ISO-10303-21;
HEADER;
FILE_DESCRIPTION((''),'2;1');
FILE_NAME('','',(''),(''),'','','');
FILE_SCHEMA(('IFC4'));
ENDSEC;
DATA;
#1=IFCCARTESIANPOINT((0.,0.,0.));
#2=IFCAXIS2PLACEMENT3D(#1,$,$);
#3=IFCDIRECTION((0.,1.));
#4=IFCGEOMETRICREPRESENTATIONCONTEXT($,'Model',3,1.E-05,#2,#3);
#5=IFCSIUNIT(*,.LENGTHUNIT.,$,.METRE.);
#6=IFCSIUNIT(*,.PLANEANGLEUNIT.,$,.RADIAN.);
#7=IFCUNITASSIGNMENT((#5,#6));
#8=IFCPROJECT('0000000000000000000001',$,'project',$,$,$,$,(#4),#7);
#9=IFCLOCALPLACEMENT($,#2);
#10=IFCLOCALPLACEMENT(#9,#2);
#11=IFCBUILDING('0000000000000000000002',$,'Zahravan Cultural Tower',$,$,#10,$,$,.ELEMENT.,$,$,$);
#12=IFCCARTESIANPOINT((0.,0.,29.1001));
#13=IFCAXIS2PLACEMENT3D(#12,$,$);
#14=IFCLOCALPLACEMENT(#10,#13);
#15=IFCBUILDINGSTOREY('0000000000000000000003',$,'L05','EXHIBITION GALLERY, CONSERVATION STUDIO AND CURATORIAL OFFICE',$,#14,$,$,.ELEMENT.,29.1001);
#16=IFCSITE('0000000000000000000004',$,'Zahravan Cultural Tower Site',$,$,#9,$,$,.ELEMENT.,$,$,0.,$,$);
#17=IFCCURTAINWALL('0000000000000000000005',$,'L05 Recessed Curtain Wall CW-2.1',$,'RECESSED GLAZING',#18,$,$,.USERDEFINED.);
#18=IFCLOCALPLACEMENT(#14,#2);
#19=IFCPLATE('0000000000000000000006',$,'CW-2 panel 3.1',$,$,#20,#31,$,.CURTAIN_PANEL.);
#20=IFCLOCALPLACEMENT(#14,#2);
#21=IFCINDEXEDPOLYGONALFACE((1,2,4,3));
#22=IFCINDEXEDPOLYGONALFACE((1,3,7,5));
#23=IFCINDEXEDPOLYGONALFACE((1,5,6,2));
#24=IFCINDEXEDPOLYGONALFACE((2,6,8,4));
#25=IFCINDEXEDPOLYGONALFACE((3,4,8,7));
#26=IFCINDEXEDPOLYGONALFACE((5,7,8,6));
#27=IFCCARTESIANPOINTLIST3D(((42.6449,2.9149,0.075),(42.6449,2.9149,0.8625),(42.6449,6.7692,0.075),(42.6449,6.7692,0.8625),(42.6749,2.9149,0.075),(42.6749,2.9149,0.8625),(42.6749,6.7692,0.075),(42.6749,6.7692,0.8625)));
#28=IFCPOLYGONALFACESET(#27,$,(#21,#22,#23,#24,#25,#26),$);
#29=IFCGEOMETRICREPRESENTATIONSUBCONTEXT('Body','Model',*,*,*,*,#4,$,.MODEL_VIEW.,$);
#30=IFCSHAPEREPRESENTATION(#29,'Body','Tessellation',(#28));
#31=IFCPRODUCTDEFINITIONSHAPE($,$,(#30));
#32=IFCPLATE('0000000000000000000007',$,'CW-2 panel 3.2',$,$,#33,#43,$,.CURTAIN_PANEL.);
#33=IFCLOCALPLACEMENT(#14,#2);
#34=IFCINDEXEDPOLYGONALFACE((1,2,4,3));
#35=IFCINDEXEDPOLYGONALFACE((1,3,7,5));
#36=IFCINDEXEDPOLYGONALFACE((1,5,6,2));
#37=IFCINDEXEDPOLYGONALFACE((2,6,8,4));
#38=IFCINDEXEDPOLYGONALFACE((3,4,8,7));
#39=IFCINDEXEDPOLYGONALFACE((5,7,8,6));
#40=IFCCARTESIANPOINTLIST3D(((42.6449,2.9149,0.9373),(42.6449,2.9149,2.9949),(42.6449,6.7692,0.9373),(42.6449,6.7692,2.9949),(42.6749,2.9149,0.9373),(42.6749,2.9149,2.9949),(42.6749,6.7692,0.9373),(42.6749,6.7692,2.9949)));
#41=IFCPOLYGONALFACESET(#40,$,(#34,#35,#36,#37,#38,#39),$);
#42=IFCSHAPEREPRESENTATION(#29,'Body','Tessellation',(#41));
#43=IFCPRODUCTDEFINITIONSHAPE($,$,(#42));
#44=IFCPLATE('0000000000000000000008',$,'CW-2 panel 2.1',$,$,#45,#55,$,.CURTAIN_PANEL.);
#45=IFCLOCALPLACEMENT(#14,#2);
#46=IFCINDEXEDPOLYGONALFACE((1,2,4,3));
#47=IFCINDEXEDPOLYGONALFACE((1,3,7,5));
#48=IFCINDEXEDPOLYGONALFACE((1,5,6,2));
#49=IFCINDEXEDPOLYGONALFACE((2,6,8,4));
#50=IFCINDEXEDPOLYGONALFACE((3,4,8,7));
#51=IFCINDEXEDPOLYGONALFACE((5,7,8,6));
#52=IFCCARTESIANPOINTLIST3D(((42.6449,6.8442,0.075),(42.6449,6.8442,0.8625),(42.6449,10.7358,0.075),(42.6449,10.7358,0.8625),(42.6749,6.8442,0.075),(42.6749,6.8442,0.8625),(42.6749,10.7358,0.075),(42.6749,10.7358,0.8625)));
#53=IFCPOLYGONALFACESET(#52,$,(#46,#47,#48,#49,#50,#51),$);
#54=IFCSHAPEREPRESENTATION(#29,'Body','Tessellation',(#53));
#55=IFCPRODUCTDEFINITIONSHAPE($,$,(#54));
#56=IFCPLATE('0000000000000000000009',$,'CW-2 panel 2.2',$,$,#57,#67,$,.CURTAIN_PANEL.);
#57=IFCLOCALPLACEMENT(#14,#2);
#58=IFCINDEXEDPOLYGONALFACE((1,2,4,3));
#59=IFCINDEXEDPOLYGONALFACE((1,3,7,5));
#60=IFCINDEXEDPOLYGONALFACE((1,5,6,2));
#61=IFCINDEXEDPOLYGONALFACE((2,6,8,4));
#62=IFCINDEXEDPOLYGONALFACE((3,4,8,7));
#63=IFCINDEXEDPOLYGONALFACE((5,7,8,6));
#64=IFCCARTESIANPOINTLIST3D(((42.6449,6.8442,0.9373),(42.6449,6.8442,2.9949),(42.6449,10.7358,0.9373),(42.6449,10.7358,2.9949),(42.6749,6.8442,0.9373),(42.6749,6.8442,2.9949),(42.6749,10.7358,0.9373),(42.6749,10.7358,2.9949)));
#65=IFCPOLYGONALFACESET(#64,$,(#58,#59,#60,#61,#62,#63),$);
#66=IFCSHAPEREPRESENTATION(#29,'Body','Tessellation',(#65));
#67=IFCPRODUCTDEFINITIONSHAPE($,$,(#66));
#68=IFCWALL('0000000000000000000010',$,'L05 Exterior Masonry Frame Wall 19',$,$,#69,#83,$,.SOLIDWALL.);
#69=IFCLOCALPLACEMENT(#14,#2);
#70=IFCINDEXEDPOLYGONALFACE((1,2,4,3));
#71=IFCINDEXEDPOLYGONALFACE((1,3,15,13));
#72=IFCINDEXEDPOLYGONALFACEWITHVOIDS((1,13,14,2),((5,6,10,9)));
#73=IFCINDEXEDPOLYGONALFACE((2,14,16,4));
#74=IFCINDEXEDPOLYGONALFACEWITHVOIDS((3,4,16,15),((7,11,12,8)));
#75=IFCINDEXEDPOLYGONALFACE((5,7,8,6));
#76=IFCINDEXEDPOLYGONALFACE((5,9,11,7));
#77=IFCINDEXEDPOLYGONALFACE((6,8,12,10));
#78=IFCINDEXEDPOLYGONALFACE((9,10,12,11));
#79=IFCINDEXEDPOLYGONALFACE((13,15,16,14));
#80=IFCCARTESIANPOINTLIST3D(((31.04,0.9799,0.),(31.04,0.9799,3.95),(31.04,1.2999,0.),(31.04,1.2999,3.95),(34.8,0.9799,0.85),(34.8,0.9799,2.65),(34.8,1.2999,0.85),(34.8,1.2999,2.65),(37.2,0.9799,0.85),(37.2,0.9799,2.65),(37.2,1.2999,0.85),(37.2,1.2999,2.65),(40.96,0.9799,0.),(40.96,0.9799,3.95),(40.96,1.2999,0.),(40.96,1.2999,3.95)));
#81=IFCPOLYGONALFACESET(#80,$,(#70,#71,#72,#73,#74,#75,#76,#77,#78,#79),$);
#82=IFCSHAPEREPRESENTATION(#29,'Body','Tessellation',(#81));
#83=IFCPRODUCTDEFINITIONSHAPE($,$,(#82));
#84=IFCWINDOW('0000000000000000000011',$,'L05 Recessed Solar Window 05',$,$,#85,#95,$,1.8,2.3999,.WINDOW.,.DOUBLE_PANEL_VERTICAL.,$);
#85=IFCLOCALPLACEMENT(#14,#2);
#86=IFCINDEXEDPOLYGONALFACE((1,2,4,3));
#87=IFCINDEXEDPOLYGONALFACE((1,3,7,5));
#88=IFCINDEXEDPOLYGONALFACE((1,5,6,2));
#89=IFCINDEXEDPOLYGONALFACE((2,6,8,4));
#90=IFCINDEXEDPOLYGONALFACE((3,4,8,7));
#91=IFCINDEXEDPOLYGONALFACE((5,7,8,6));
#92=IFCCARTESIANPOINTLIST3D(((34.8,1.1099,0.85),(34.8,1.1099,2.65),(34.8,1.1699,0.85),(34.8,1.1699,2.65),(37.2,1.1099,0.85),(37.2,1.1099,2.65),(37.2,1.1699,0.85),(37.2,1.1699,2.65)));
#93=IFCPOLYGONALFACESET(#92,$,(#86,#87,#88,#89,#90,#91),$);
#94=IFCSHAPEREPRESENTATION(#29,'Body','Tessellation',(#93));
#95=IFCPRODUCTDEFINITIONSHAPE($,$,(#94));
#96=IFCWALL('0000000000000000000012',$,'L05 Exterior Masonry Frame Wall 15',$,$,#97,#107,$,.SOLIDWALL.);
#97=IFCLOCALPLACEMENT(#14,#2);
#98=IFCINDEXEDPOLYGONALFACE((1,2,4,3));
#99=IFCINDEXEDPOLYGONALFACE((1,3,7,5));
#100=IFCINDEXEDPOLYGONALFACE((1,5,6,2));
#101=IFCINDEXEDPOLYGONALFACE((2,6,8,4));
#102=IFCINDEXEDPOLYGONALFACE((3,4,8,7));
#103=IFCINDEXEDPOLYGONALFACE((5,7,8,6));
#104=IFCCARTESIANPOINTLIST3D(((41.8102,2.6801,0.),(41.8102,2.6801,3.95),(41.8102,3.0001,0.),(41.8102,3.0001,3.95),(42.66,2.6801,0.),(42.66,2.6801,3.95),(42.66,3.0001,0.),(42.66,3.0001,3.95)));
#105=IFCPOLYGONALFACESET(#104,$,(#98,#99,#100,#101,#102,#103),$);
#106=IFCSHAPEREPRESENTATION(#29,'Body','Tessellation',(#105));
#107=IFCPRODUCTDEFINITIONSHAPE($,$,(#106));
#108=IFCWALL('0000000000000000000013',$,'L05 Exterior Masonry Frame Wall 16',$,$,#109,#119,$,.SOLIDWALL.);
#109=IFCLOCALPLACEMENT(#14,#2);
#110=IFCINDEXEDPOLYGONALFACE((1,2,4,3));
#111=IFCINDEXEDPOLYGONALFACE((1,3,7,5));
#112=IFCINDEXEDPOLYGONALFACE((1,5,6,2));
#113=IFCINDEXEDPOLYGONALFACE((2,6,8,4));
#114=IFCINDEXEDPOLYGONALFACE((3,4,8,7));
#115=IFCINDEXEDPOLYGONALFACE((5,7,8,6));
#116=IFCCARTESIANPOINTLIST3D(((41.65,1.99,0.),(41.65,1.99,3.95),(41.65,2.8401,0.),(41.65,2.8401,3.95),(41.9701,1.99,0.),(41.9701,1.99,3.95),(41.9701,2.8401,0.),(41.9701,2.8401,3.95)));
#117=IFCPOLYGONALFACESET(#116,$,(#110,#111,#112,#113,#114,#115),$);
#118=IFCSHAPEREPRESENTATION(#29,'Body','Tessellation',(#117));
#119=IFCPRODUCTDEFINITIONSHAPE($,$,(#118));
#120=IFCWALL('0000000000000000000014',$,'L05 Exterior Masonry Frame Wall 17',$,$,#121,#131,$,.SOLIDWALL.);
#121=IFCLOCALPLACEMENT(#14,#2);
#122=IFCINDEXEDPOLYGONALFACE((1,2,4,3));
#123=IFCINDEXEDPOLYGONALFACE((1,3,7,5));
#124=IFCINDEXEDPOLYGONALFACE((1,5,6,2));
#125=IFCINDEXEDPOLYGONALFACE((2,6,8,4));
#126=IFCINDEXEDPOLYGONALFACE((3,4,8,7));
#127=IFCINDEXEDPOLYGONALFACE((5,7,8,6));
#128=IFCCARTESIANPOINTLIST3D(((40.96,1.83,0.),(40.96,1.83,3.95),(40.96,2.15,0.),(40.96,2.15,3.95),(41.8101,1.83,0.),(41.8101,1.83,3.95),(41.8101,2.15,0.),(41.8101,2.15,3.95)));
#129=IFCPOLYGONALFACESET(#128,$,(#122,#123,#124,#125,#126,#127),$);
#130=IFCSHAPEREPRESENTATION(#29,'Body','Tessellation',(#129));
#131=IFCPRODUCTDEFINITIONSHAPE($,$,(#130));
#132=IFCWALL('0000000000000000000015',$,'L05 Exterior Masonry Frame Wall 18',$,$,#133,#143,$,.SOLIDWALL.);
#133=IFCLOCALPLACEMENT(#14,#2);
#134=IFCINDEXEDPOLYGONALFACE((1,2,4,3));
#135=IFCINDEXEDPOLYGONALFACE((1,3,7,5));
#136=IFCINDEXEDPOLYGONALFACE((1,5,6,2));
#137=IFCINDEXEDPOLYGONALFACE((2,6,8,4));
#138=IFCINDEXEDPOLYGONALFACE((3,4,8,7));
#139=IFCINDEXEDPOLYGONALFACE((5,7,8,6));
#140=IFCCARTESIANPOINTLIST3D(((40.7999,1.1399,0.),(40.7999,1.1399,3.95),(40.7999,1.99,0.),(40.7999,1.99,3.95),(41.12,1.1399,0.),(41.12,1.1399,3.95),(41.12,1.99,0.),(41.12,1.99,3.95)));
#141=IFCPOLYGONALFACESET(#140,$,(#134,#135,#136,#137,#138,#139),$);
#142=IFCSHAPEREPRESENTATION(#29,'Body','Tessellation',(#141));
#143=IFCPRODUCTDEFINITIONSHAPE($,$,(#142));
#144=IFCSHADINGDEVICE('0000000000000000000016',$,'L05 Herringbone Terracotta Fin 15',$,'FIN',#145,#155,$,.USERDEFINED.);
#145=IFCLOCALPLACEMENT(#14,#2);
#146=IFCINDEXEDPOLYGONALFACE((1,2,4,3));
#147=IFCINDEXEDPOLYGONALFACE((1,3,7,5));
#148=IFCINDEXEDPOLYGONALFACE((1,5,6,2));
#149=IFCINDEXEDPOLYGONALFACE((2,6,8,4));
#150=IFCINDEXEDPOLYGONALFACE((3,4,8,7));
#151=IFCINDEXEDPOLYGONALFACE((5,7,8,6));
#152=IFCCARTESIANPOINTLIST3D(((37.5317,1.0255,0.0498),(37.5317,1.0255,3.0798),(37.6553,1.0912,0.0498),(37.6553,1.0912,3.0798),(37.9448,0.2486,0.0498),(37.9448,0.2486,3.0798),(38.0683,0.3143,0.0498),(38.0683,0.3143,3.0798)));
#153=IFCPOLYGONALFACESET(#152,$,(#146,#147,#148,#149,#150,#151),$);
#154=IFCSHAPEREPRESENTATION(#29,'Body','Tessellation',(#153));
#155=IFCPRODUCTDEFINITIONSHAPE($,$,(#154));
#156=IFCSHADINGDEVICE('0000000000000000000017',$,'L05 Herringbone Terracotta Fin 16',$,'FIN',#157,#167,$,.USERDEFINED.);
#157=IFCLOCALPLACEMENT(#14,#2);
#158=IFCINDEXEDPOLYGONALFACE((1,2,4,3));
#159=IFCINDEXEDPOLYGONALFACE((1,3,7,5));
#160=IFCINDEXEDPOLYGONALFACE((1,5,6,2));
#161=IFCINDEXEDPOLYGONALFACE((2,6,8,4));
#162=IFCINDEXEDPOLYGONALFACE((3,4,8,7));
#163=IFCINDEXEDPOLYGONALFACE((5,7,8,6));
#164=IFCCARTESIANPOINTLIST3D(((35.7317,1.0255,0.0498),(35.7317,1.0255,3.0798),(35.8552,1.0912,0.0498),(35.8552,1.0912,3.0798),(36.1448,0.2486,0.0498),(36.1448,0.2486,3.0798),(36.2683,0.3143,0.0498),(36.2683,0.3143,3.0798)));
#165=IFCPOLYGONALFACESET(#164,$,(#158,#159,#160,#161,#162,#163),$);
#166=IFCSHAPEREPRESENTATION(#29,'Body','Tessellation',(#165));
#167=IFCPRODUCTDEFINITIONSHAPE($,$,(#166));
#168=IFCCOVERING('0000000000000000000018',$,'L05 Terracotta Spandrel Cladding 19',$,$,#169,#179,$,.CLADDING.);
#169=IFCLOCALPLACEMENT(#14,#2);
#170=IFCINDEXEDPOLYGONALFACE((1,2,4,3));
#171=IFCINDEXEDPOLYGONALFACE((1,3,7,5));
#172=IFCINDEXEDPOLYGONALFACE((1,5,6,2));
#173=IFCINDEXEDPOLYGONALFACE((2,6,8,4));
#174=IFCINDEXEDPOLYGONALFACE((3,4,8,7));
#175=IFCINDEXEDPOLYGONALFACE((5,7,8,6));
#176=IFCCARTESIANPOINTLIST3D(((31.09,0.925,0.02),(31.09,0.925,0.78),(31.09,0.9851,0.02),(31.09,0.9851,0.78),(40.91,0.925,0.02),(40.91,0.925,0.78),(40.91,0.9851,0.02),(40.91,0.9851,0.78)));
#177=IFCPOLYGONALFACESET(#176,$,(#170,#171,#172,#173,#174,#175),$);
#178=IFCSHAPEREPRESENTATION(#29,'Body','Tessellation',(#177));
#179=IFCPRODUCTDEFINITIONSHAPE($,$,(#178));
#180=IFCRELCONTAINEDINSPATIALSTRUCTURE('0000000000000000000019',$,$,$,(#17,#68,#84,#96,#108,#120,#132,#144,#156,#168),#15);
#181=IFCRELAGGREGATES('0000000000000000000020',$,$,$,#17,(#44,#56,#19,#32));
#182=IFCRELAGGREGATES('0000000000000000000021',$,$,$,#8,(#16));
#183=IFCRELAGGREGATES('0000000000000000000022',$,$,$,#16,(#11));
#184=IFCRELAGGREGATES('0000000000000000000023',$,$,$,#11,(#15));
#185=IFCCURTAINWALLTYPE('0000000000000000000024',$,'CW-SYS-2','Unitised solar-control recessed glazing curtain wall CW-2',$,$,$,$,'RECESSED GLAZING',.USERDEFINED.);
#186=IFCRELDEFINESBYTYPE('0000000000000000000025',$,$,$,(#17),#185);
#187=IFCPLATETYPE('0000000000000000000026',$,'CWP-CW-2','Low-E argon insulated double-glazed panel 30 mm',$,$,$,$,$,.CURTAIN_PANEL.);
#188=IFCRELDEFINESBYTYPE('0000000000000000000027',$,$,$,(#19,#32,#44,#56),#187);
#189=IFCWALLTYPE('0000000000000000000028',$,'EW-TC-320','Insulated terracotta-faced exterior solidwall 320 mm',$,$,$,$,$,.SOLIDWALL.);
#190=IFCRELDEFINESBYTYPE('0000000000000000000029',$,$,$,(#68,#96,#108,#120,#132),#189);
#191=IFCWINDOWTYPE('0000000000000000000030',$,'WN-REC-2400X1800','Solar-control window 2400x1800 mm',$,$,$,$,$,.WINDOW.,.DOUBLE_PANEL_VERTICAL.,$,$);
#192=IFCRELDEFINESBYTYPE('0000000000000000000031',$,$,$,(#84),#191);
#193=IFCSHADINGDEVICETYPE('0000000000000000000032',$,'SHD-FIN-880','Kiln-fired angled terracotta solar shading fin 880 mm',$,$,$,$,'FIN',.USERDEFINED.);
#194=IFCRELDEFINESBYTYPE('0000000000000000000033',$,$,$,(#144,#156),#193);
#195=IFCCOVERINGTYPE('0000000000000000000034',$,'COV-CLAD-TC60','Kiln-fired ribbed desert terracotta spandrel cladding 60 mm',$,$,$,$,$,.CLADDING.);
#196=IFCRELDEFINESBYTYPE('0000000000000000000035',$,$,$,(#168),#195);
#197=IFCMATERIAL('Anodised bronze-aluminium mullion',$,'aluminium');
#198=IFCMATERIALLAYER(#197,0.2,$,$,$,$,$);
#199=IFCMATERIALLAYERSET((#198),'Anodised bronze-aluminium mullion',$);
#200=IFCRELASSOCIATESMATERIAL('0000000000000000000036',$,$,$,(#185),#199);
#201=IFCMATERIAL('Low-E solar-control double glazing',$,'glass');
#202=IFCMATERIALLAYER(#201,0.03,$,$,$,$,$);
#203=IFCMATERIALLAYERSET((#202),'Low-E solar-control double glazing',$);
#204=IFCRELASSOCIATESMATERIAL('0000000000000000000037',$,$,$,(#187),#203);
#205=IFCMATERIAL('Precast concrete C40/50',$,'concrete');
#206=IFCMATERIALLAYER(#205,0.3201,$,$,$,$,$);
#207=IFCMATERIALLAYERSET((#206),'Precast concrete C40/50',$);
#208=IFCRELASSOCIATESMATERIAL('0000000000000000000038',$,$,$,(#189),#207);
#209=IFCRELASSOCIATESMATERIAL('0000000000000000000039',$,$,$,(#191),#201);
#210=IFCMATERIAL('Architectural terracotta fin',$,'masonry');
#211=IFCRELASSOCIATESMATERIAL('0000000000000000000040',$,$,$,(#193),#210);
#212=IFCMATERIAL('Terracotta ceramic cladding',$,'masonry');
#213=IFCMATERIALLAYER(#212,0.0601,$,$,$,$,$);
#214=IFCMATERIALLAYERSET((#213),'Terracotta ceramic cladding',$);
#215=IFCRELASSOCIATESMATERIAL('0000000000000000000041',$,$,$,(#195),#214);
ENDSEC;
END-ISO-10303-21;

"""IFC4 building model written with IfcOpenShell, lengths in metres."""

from ifc_helpers import new_model, si_unit, direction, frame, frame_2d, origin, origin_2d, place, context, subcontext, project, spatial, rectangle, extrude, source, transform, mapped, material, layer, layer_set, type_object, element, fill, aggregate, save


model = new_model("IFC4")

# Units and contexts
model_context = context("Model", 3, precision=1e-05, world=origin(), true_north=direction((0.0, 1.0)))
body_context = subcontext(model_context, "Body", "Model", "MODEL_VIEW")
ifc_project = project(units=[si_unit("LENGTHUNIT", "METRE"), si_unit("PLANEANGLEUNIT", "RADIAN")], contexts=[model_context])

# Site, building, storey
site_placement = place(None, origin())
site = spatial("IfcSite", under=ifc_project, at=site_placement, Name="Zahravan Cultural Tower Site", CompositionType="ELEMENT", RefElevation=0.0)
building_placement = place(site_placement, origin())
building = spatial("IfcBuilding", under=site, at=building_placement, Name="Zahravan Cultural Tower", CompositionType="ELEMENT")
storey_placement = place(building_placement, frame((0.0, 0.0, 29.1001)))
storey = spatial("IfcBuildingStorey", under=building, at=storey_placement, Name="L05", Description="EXHIBITION GALLERY, CONSERVATION STUDIO AND CURATORIAL OFFICE", CompositionType="ELEMENT", Elevation=29.1001)

# Curtain wall
ifc_material_1 = material(Name="Anodised bronze-aluminium mullion", Category="aluminium")
ifc_layer_1 = layer(ifc_material_1, 0.2)
ifc_layer_set_1 = layer_set([ifc_layer_1], Name="Anodised bronze-aluminium mullion")
curtain_wall_type = type_object("IfcCurtainWallType", Name="CW-SYS-2", Description="Unitised solar-control recessed glazing curtain wall CW-2", ElementType="RECESSED GLAZING", PredefinedType="USERDEFINED", material=ifc_layer_set_1)
curtain_wall_placement = place(storey_placement, origin())
curtain_wall = element("IfcCurtainWall", 1, at=curtain_wall_placement, inside=storey, type_object=curtain_wall_type, Name="L05 Recessed Curtain Wall CW-2.1", ObjectType="RECESSED GLAZING", PredefinedType="USERDEFINED")

# Plates
ifc_material_2 = material(Name="Low-E solar-control double glazing", Category="glass")
ifc_layer_2 = layer(ifc_material_2, 0.03)
ifc_layer_set_2 = layer_set([ifc_layer_2], Name="Low-E solar-control double glazing")
plate_type_1 = type_object("IfcPlateType", Name="CWP-CW-2", Description="Low-E argon insulated double-glazed panel 30 mm", PredefinedType="CURTAIN_PANEL", material=ifc_layer_set_2)
shared_shape_1 = source(origin(), body_context, "Body", "SweptSolid", [
    extrude(rectangle(XDim=3.8542, YDim=0.03, at=origin_2d()), origin(), (0.0, 0.0, 1.0), 0.7876),
])
plate_1_placement = place(storey_placement, frame((42.6599, 4.842, 0.075), z_axis=(0.0, 0.0, 1.0), x_axis=(0.0, -1.0, 0.0)))
plate_1 = element("IfcPlate", 2, at=plate_1_placement, type_object=plate_type_1, Name="CW-2 panel 3.1", PredefinedType="CURTAIN_PANEL", context=body_context, shape_type="MappedRepresentation", body=[
    mapped(shared_shape_1, transform((0.0, 0.0, 0.0), x_axis=(1.0, 0.0, 0.0), y_axis=(0.0, 1.0, 0.0), z_axis=(0.0, 0.0, 1.0), scale=1.0)),
])
shared_shape_2 = source(origin(), body_context, "Body", "SweptSolid", [
    extrude(rectangle(XDim=3.8542, YDim=0.03, at=origin_2d()), origin(), (0.0, 0.0, 1.0), 2.0576),
])
plate_2_placement = place(storey_placement, frame((42.6599, 4.842, 0.9373), z_axis=(0.0, 0.0, 1.0), x_axis=(0.0, -1.0, 0.0)))
plate_2 = element("IfcPlate", 3, at=plate_2_placement, type_object=plate_type_1, Name="CW-2 panel 3.2", PredefinedType="CURTAIN_PANEL", context=body_context, shape_type="MappedRepresentation", body=[
    mapped(shared_shape_2, transform((0.0, 0.0, 0.0), x_axis=(1.0, 0.0, 0.0), y_axis=(0.0, 1.0, 0.0), z_axis=(0.0, 0.0, 1.0), scale=1.0)),
])
shared_shape_3 = source(origin(), body_context, "Body", "SweptSolid", [
    extrude(rectangle(XDim=3.8916, YDim=0.03, at=origin_2d()), origin(), (0.0, 0.0, 1.0), 0.7876),
])
plate_3_placement = place(storey_placement, frame((42.6599, 8.79, 0.075), z_axis=(0.0, 0.0, 1.0), x_axis=(0.0, -1.0, 0.0)))
plate_3 = element("IfcPlate", 4, at=plate_3_placement, type_object=plate_type_1, Name="CW-2 panel 2.1", PredefinedType="CURTAIN_PANEL", context=body_context, shape_type="MappedRepresentation", body=[
    mapped(shared_shape_3, transform((0.0, 0.0, 0.0), x_axis=(1.0, 0.0, 0.0), y_axis=(0.0, 1.0, 0.0), z_axis=(0.0, 0.0, 1.0), scale=1.0)),
])
shared_shape_4 = source(origin(), body_context, "Body", "SweptSolid", [
    extrude(rectangle(XDim=3.8916, YDim=0.03, at=origin_2d()), origin(), (0.0, 0.0, 1.0), 2.0576),
])
plate_4_placement = place(storey_placement, frame((42.6599, 8.79, 0.9373), z_axis=(0.0, 0.0, 1.0), x_axis=(0.0, -1.0, 0.0)))
plate_4 = element("IfcPlate", 5, at=plate_4_placement, type_object=plate_type_1, Name="CW-2 panel 2.2", PredefinedType="CURTAIN_PANEL", context=body_context, shape_type="MappedRepresentation", body=[
    mapped(shared_shape_4, transform((0.0, 0.0, 0.0), x_axis=(1.0, 0.0, 0.0), y_axis=(0.0, 1.0, 0.0), z_axis=(0.0, 0.0, 1.0), scale=1.0)),
])
aggregate(curtain_wall, [plate_3, plate_4, plate_1, plate_2])

# Wall, opening, window
ifc_material_3 = material(Name="Precast concrete C40/50", Category="concrete")
ifc_layer_3 = layer(ifc_material_3, 0.3201)
ifc_layer_set_3 = layer_set([ifc_layer_3], Name="Precast concrete C40/50")
wall_type = type_object("IfcWallType", Name="EW-TC-320", Description="Insulated terracotta-faced exterior solidwall 320 mm", PredefinedType="SOLIDWALL", material=ifc_layer_set_3)
wall_1_placement = place(storey_placement, frame((40.96, 1.1399, 0.0), z_axis=(0.0, 0.0, 1.0), x_axis=(-1.0, 0.0, 0.0)))
wall_1 = element("IfcWall", 6, at=wall_1_placement, inside=storey, type_object=wall_type, Name="L05 Exterior Masonry Frame Wall 19", PredefinedType="SOLIDWALL", context=body_context, shape_type="SweptSolid", body=[
    extrude(rectangle(XDim=9.9199, YDim=0.3201, at=frame_2d((4.96, 0.0))), origin(), (0.0, 0.0, 1.0), 3.95),
])
opening_placement = place(wall_1_placement, frame((3.76, 0.0, 0.8501)))
opening = element("IfcOpeningElement", 7, at=opening_placement, cuts=wall_1, PredefinedType="OPENING", context=body_context, shape_type="SweptSolid", body=[
    extrude(rectangle(XDim=2.3999, YDim=1.8, at=frame_2d((1.2, 0.8999))), frame((0.0, 0.1699, 0.0), z_axis=(0.0, -1.0, 0.0), x_axis=(1.0, 0.0, 0.0)), (0.0, 0.0, 1.0), 0.3401),
])
window_type = type_object("IfcWindowType", Name="WN-REC-2400X1800", Description="Solar-control window 2400x1800 mm", PartitioningType="DOUBLE_PANEL_VERTICAL", PredefinedType="WINDOW", material=ifc_material_2)
shared_shape_5 = source(origin(), body_context, "Body", "SweptSolid", [
    extrude(rectangle(XDim=2.3999, YDim=1.8, at=frame_2d((1.2, 0.8999))), frame((0.0, 0.03, 0.0), z_axis=(0.0, -1.0, 0.0), x_axis=(1.0, 0.0, 0.0)), (0.0, 0.0, 1.0), 0.0601),
])
window_placement = place(opening_placement, origin())
window = element("IfcWindow", 8, at=window_placement, inside=storey, type_object=window_type, Name="L05 Recessed Solar Window 05", OverallHeight=1.8, OverallWidth=2.3999, PartitioningType="DOUBLE_PANEL_VERTICAL", PredefinedType="WINDOW", context=body_context, shape_type="MappedRepresentation", body=[
    mapped(shared_shape_5, transform((0.0, 0.0, 0.0), x_axis=(1.0, 0.0, 0.0), y_axis=(0.0, 1.0, 0.0), z_axis=(0.0, 0.0, 1.0), scale=1.0)),
])
fill(opening, window)

# Walls
shared_shape_6 = source(origin(), body_context, "Body", "SweptSolid", [
    extrude(rectangle(XDim=0.8499, YDim=0.3201, at=frame_2d((0.4248, 0.0))), origin(), (0.0, 0.0, 1.0), 3.95),
])
wall_2_placement = place(storey_placement, frame((42.6599, 2.8401, 0.0), z_axis=(0.0, 0.0, 1.0), x_axis=(-1.0, 0.0, 0.0)))
element("IfcWall", 9, at=wall_2_placement, inside=storey, type_object=wall_type, Name="L05 Exterior Masonry Frame Wall 15", PredefinedType="SOLIDWALL", context=body_context, shape_type="MappedRepresentation", body=[
    mapped(shared_shape_6, transform((0.0, 0.0, 0.0), x_axis=(1.0, 0.0, 0.0), y_axis=(0.0, 1.0, 0.0), z_axis=(0.0, 0.0, 1.0), scale=1.0)),
])
shared_shape_7 = source(origin(), body_context, "Body", "SweptSolid", [
    extrude(rectangle(XDim=0.8501, YDim=0.3201, at=frame_2d((0.425, 0.0))), origin(), (0.0, 0.0, 1.0), 3.95),
])
for number, where, z_axis, x_axis, name in (
    (10, (41.8101, 2.8401, 0.0), (0.0, 0.0, 1.0), (0.0, -1.0, 0.0), "L05 Exterior Masonry Frame Wall 16"),
    (11, (41.8101, 1.99, 0.0), (0.0, 0.0, 1.0), (-1.0, 0.0, 0.0), "L05 Exterior Masonry Frame Wall 17"),
    (12, (40.96, 1.99, 0.0), (0.0, 0.0, 1.0), (0.0, -1.0, 0.0), "L05 Exterior Masonry Frame Wall 18"),
):
    element("IfcWall", number, at=place(storey_placement, frame(where, z_axis=z_axis, x_axis=x_axis)), inside=storey, type_object=wall_type, Name=name, PredefinedType="SOLIDWALL", context=body_context, shape_type="MappedRepresentation", body=[
        mapped(shared_shape_7, transform((0.0, 0.0, 0.0), x_axis=(1.0, 0.0, 0.0), y_axis=(0.0, 1.0, 0.0), z_axis=(0.0, 0.0, 1.0), scale=1.0)),
    ])

# Shading devices
ifc_material_4 = material(Name="Architectural terracotta fin", Category="masonry")
shading_device_type = type_object("IfcShadingDeviceType", Name="SHD-FIN-880", Description="Kiln-fired angled terracotta solar shading fin 880 mm", ElementType="FIN", PredefinedType="USERDEFINED", material=ifc_material_4)
shared_shape_8 = source(origin(), body_context, "Body", "SweptSolid", [
    extrude(rectangle(XDim=0.8799, YDim=0.1399, at=origin_2d()), origin(), (0.0, 0.0, 1.0), 3.03),
])
for number, where, z_axis, x_axis, name in (
    (13, (37.8, 0.6699, 0.0498), (0.0, 0.0, 1.0), (0.469472, -0.882948, 0.0), "L05 Herringbone Terracotta Fin 15"),
    (14, (36.0, 0.6699, 0.0498), (0.0, 0.0, 1.0), (0.469472, -0.882948, 0.0), "L05 Herringbone Terracotta Fin 16"),
):
    element("IfcShadingDevice", number, at=place(storey_placement, frame(where, z_axis=z_axis, x_axis=x_axis)), inside=storey, type_object=shading_device_type, Name=name, ObjectType="FIN", PredefinedType="USERDEFINED", context=body_context, shape_type="MappedRepresentation", body=[
        mapped(shared_shape_8, transform((0.0, 0.0, 0.0), x_axis=(1.0, 0.0, 0.0), y_axis=(0.0, 1.0, 0.0), z_axis=(0.0, 0.0, 1.0), scale=1.0)),
    ])

# Covering
ifc_material_5 = material(Name="Terracotta ceramic cladding", Category="masonry")
ifc_layer_4 = layer(ifc_material_5, 0.0601)
ifc_layer_set_4 = layer_set([ifc_layer_4], Name="Terracotta ceramic cladding")
covering_type = type_object("IfcCoveringType", Name="COV-CLAD-TC60", Description="Kiln-fired ribbed desert terracotta spandrel cladding 60 mm", PredefinedType="CLADDING", material=ifc_layer_set_4)
shared_shape_9 = source(origin(), body_context, "Body", "SweptSolid", [
    extrude(rectangle(XDim=9.8201, YDim=0.0601, at=origin_2d()), origin(), (0.0, 0.0, 1.0), 0.76),
])
covering_placement = place(storey_placement, frame((36.0, 0.9551, 0.02), z_axis=(0.0, 0.0, 1.0), x_axis=(-1.0, 0.0, 0.0)))
element("IfcCovering", 15, at=covering_placement, inside=storey, type_object=covering_type, Name="L05 Terracotta Spandrel Cladding 19", PredefinedType="CLADDING", context=body_context, shape_type="MappedRepresentation", body=[
    mapped(shared_shape_9, transform((0.0, 0.0, 0.0), x_axis=(1.0, 0.0, 0.0), y_axis=(0.0, 1.0, 0.0), z_axis=(0.0, 0.0, 1.0), scale=1.0)),
])

save(model, "model.ifc")
